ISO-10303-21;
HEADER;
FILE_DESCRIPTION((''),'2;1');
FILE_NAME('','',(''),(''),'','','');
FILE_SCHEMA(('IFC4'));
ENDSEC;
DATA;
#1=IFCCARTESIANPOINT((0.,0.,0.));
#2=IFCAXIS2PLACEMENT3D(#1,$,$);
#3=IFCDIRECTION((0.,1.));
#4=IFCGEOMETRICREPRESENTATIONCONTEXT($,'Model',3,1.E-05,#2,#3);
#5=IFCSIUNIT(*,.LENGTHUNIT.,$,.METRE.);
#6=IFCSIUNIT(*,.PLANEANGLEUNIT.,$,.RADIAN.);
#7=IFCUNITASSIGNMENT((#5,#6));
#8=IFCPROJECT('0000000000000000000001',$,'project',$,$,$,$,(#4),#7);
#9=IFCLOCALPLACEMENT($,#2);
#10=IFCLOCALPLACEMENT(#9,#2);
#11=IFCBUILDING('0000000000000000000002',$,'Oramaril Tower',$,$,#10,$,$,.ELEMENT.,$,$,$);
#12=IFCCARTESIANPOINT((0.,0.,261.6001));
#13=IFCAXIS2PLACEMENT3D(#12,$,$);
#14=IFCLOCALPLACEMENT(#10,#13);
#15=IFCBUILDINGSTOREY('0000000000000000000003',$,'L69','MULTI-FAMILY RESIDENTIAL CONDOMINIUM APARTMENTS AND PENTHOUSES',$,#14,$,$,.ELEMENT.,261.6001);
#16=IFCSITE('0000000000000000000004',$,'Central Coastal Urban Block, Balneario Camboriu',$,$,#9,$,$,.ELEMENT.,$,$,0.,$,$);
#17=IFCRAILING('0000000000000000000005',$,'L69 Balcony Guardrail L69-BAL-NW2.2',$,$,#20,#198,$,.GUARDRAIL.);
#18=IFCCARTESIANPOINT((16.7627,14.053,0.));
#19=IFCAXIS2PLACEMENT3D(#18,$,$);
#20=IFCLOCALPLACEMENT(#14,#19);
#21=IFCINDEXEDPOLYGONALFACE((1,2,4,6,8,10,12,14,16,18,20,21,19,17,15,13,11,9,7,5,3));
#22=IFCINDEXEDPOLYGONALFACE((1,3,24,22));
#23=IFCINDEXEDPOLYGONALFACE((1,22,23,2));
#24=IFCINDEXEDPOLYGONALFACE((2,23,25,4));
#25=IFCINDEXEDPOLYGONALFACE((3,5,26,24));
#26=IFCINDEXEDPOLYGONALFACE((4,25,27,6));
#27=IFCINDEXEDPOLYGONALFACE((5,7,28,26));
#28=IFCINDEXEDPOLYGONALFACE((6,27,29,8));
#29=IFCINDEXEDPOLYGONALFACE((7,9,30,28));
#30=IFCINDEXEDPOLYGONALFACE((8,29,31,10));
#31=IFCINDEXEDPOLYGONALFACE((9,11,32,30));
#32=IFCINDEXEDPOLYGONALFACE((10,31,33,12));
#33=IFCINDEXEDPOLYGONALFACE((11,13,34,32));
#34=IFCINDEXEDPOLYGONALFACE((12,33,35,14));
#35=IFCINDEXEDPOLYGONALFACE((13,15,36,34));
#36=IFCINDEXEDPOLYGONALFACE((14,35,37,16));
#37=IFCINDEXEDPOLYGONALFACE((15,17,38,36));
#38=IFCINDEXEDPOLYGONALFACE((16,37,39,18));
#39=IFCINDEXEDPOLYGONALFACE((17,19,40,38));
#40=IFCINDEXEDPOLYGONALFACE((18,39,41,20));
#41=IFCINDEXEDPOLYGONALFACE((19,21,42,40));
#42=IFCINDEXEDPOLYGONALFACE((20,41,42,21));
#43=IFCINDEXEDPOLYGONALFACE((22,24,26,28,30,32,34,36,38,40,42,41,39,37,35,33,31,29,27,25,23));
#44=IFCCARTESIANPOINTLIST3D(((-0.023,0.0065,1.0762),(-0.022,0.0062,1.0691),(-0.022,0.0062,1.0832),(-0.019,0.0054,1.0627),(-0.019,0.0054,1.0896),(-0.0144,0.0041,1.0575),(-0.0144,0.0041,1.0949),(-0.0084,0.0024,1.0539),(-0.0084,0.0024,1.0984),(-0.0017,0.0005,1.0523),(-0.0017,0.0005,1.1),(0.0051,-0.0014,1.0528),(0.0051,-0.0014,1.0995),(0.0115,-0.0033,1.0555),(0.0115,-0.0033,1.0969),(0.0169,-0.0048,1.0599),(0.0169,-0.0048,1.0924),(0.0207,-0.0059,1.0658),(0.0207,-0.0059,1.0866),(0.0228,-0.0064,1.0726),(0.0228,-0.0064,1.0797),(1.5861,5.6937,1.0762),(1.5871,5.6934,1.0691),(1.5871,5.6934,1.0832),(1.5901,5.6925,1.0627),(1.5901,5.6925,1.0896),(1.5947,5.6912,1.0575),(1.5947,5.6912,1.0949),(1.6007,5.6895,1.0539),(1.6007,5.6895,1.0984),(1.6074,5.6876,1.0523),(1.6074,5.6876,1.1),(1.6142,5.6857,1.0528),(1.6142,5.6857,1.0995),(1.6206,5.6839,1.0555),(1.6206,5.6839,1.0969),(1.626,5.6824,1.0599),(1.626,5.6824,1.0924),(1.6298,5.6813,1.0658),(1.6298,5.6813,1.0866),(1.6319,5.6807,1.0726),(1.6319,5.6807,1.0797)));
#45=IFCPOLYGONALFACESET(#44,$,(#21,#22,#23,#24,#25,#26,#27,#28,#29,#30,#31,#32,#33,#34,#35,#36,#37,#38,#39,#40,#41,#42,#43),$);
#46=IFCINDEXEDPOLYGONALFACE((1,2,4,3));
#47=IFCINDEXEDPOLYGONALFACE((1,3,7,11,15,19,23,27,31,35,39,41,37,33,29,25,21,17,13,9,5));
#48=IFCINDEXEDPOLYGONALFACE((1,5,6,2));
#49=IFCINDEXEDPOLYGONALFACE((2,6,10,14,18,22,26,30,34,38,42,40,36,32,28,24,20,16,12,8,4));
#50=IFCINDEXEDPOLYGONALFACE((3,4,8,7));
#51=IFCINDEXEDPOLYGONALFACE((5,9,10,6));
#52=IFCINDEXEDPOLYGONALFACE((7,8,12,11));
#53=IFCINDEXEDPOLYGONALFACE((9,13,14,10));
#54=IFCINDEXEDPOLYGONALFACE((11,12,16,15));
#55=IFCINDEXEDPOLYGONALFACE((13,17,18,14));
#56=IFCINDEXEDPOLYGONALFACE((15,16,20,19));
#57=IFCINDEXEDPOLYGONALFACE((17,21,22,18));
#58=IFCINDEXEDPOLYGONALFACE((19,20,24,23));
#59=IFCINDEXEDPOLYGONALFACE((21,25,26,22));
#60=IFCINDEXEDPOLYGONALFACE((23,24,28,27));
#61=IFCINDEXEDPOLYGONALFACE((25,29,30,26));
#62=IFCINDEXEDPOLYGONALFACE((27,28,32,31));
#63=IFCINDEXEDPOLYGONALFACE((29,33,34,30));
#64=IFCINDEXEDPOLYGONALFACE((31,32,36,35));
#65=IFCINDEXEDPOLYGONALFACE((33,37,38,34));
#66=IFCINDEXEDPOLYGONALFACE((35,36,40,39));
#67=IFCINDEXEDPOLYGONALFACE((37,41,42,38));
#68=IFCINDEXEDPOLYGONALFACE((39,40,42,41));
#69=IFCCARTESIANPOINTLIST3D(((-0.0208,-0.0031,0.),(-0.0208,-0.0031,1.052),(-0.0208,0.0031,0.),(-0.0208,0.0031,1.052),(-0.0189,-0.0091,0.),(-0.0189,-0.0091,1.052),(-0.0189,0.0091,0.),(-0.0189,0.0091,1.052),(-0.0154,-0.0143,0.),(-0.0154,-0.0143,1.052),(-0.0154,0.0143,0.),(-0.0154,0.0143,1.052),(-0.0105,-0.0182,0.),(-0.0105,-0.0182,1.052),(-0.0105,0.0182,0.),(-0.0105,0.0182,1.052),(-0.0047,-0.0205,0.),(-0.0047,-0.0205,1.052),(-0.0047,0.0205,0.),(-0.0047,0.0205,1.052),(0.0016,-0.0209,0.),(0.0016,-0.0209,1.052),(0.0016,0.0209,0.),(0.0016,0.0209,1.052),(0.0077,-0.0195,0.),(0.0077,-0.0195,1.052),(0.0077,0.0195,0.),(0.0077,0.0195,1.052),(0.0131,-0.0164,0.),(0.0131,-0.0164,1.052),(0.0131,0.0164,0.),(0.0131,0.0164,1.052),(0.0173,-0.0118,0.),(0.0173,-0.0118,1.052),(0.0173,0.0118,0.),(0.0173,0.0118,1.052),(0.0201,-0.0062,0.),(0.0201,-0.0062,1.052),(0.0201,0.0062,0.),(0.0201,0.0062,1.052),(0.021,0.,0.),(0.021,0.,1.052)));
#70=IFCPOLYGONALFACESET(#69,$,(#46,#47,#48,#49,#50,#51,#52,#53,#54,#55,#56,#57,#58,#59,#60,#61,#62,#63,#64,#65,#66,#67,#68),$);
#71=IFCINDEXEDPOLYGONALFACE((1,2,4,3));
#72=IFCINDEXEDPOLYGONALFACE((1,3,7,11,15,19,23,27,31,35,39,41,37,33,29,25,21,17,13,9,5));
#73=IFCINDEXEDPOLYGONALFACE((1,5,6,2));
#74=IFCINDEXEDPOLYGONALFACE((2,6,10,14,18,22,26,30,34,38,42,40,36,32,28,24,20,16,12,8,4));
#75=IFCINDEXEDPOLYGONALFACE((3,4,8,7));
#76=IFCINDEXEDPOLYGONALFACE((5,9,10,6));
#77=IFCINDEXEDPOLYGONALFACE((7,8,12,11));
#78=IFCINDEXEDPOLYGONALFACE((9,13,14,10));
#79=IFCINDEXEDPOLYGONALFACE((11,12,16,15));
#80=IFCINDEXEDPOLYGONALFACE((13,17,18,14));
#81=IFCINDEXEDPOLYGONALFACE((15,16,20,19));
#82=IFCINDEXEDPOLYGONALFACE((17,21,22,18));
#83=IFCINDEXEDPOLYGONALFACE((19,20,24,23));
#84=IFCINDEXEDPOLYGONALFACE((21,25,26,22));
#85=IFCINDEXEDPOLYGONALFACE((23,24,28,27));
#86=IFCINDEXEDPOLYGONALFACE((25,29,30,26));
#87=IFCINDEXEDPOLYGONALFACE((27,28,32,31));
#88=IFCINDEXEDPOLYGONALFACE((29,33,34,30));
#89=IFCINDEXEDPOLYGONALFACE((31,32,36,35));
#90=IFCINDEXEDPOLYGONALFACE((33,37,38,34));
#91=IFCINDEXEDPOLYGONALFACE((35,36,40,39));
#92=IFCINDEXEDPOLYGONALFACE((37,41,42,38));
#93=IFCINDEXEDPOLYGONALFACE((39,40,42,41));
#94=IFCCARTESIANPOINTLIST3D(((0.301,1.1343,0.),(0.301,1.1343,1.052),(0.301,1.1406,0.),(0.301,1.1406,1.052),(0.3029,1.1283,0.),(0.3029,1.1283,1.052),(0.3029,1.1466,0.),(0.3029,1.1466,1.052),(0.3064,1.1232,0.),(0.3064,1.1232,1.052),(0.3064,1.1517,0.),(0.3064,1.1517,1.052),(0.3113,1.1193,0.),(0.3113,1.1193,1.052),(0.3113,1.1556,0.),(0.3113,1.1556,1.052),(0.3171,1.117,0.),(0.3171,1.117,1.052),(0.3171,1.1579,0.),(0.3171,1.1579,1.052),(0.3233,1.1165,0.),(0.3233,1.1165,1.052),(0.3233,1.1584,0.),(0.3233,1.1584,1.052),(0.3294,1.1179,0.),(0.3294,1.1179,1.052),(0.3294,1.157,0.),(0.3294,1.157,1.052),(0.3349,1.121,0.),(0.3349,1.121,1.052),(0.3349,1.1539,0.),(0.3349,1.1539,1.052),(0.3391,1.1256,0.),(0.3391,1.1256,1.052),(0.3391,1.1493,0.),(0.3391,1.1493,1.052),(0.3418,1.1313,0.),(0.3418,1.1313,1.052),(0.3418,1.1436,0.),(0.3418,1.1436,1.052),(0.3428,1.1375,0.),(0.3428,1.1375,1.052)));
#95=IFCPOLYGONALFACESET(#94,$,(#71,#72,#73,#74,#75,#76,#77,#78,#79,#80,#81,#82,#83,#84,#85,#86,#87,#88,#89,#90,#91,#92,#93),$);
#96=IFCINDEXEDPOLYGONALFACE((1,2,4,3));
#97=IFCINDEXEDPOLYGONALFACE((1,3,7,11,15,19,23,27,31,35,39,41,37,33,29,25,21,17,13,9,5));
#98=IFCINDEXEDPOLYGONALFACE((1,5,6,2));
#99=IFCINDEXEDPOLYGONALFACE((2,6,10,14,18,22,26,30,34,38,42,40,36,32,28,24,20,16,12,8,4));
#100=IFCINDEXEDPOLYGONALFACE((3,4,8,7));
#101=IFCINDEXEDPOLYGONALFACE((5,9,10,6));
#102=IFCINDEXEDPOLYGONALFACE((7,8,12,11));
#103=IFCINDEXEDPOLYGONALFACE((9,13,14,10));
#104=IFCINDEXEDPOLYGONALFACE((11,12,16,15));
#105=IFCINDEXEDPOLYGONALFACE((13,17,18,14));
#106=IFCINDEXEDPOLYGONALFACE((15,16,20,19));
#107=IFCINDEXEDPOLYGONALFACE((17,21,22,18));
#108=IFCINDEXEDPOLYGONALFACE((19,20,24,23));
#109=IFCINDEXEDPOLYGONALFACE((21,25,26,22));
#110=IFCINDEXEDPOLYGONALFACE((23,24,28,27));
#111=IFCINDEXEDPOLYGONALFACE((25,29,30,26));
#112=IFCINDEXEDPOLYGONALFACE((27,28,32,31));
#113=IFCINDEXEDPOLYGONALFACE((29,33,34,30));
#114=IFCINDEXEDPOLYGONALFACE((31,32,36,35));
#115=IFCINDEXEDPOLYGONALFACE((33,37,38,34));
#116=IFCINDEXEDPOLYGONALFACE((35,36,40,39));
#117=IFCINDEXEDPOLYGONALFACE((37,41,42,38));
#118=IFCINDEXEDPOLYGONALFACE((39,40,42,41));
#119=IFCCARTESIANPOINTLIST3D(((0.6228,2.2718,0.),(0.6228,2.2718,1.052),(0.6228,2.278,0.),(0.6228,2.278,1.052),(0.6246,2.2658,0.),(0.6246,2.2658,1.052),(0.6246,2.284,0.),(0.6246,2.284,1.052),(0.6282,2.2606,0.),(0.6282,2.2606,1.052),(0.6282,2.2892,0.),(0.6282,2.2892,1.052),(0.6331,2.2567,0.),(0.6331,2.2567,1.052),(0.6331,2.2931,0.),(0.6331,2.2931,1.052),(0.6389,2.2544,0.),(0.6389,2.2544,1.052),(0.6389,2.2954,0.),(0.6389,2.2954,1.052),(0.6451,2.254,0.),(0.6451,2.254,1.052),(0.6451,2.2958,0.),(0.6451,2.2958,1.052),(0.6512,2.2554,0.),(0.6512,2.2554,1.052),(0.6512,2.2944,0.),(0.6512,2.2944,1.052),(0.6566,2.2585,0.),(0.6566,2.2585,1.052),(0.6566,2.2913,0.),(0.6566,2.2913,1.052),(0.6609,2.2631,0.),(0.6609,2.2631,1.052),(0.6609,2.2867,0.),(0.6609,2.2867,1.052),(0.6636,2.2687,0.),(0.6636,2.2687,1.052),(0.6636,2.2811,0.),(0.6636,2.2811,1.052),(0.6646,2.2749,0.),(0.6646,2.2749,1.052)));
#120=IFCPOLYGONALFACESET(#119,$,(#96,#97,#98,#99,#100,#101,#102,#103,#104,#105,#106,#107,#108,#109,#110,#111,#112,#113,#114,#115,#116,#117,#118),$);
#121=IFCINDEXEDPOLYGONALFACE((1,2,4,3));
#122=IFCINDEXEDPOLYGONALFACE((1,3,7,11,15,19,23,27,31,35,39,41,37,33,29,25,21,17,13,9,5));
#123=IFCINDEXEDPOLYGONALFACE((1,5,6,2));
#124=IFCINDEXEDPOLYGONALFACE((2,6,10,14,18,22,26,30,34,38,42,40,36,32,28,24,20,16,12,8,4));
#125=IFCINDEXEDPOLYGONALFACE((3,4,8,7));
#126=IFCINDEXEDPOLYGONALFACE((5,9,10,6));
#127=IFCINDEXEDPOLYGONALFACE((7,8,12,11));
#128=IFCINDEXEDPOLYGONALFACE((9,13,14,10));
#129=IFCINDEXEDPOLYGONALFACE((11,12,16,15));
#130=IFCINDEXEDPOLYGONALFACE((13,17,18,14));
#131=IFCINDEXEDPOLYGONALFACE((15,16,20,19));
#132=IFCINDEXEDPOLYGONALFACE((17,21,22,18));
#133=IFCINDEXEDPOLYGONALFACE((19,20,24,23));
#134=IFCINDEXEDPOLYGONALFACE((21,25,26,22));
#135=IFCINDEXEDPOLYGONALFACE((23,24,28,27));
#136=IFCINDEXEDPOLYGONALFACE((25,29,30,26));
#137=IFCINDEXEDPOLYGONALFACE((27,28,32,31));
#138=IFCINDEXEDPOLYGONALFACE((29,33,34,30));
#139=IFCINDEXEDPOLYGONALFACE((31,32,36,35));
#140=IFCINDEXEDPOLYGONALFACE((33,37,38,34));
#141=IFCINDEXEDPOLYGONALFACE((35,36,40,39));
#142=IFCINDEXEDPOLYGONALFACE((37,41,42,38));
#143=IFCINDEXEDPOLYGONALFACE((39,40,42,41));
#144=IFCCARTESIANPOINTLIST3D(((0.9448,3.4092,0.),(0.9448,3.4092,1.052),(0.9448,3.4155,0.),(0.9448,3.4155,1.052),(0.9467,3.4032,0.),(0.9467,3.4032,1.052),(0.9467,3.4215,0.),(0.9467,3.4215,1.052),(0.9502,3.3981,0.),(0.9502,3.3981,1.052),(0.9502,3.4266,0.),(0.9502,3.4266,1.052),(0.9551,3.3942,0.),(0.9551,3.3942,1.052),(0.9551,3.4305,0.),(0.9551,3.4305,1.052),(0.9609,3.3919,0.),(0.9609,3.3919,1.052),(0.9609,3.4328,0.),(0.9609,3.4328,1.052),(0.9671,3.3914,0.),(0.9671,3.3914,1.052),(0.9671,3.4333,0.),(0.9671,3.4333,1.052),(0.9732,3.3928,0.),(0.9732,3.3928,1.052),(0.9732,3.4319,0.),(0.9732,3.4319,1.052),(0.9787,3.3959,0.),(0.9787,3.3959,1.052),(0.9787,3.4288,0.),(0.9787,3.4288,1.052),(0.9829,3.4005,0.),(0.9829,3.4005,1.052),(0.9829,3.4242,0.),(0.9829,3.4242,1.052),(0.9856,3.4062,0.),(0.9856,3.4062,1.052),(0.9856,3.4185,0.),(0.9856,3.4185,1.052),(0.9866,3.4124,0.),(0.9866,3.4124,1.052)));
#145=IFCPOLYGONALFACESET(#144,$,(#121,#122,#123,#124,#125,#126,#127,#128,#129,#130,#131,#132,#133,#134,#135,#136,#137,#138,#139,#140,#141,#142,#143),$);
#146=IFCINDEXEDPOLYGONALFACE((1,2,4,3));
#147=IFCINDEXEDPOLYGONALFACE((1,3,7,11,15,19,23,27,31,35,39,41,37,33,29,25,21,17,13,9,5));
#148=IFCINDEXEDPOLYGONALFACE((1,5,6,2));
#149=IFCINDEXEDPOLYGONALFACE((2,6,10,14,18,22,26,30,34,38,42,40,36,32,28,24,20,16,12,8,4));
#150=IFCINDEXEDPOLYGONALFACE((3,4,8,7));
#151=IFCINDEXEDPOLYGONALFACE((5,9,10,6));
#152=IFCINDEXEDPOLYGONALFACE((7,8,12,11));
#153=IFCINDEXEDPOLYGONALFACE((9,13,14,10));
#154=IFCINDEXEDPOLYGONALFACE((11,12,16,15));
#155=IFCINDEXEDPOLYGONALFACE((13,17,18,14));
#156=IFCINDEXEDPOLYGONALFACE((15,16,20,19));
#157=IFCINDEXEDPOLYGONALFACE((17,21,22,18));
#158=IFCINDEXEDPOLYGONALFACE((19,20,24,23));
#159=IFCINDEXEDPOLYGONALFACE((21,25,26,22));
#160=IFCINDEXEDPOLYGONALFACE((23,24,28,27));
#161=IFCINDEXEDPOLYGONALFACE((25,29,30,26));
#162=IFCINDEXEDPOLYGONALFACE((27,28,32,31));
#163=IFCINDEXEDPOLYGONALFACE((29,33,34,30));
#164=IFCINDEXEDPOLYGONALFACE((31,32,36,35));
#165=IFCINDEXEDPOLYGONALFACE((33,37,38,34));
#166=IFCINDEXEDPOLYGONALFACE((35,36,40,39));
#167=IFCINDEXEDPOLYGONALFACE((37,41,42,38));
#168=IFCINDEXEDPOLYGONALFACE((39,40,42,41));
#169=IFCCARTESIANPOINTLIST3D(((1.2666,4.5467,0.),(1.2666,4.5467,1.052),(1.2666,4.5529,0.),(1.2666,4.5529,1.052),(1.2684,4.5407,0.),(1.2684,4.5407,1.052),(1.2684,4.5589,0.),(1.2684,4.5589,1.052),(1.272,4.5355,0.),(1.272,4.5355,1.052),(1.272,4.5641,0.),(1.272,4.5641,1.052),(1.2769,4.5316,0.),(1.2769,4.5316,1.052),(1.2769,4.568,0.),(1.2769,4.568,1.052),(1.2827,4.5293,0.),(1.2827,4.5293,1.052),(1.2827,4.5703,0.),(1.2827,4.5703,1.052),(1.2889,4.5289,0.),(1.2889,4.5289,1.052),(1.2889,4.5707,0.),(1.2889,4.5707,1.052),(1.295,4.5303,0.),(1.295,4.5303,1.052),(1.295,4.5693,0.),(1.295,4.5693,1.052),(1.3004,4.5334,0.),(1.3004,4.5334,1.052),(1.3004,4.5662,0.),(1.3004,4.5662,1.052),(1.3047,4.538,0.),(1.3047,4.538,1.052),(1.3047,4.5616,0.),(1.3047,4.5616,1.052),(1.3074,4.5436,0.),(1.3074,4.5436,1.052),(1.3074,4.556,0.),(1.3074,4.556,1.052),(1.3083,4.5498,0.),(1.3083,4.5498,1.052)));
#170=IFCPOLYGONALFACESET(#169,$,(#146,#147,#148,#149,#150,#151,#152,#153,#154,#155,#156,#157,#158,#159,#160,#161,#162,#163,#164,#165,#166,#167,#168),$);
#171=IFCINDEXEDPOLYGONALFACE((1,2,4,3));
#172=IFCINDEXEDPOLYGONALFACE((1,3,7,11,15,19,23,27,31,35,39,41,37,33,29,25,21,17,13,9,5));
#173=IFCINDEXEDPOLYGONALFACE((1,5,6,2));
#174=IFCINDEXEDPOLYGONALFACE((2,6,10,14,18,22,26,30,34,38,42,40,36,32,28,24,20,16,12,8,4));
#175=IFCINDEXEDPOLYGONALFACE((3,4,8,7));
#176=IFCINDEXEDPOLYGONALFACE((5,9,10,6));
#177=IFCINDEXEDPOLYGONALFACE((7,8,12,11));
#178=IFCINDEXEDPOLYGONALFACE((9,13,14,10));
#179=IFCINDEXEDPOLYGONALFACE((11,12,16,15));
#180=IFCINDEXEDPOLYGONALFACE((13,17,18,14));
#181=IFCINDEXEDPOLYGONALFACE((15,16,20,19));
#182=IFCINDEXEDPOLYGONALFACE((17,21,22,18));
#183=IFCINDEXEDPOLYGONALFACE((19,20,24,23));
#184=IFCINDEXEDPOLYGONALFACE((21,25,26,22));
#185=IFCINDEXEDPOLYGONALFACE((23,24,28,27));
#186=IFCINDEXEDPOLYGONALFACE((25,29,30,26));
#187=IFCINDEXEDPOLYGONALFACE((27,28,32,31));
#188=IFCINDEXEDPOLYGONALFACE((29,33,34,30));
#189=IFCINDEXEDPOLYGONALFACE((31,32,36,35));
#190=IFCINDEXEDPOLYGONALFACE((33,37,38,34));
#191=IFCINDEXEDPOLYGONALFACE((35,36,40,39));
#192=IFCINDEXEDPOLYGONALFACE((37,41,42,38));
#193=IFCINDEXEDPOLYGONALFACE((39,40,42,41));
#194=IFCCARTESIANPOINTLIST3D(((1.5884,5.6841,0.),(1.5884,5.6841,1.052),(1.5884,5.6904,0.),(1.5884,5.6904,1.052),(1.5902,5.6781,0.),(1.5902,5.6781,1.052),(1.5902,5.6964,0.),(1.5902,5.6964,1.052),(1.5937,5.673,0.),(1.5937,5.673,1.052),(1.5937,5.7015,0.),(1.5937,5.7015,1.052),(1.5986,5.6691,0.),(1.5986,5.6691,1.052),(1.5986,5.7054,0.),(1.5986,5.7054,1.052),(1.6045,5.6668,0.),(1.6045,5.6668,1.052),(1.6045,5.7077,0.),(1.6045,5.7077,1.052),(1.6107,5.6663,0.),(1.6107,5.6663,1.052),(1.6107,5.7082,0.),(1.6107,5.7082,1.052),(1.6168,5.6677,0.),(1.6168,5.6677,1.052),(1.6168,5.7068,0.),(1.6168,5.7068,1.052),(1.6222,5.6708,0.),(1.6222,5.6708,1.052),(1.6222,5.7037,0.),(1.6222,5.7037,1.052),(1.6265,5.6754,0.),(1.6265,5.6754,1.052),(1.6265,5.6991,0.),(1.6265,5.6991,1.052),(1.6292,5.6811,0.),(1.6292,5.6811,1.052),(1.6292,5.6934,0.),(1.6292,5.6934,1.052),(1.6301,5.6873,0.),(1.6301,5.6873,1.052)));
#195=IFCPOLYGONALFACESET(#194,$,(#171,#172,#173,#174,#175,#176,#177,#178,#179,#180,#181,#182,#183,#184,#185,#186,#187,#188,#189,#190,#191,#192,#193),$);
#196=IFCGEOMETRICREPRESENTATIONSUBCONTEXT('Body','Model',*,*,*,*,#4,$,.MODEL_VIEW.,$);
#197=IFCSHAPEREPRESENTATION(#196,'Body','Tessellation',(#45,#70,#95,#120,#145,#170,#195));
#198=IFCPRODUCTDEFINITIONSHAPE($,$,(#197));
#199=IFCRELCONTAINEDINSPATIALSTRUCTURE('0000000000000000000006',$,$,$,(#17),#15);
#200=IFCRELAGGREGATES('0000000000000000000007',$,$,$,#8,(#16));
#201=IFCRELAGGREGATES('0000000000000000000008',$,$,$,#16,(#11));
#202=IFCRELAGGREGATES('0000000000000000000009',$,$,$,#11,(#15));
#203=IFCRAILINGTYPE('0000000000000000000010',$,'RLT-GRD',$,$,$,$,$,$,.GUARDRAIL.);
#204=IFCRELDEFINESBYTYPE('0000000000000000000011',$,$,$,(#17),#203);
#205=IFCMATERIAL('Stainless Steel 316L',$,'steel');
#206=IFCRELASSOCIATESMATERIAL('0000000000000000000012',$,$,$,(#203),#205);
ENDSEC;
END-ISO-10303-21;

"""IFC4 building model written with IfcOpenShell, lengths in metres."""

from ifc_helpers import new_model, si_unit, direction, frame, origin, origin_2d, place, context, subcontext, project, spatial, circle, extrude, material, type_object, element, save


model = new_model("IFC4")

# Units and contexts
model_context = context("Model", 3, precision=1e-05, world=origin(), true_north=direction((0.0, 1.0)))
body_context = subcontext(model_context, "Body", "Model", "MODEL_VIEW")
ifc_project = project(units=[si_unit("LENGTHUNIT", "METRE"), si_unit("PLANEANGLEUNIT", "RADIAN")], contexts=[model_context])

# Site, building, storey
site_placement = place(None, origin())
site = spatial("IfcSite", under=ifc_project, at=site_placement, Name="Central Coastal Urban Block, Balneario Camboriu", CompositionType="ELEMENT", RefElevation=0.0)
building_placement = place(site_placement, origin())
building = spatial("IfcBuilding", under=site, at=building_placement, Name="Oramaril Tower", CompositionType="ELEMENT")
storey_placement = place(building_placement, frame((0.0, 0.0, 261.6001)))
storey = spatial("IfcBuildingStorey", under=building, at=storey_placement, Name="L69", Description="MULTI-FAMILY RESIDENTIAL CONDOMINIUM APARTMENTS AND PENTHOUSES", CompositionType="ELEMENT", Elevation=261.6001)

# Railing
ifc_material_1 = material(Name="Stainless Steel 316L", Category="steel")
railing_type = type_object("IfcRailingType", Name="RLT-GRD", PredefinedType="GUARDRAIL", material=ifc_material_1)
railing_1_placement = place(storey_placement, frame((16.7627, 14.053, 0.0)))
element("IfcRailing", 1, at=railing_1_placement, inside=storey, type_object=railing_type, Name="L69 Balcony Guardrail L69-BAL-NW2.2", PredefinedType="GUARDRAIL", context=body_context, shape_type="SweptSolid", body=[
    extrude(circle(Radius=0.0239, at=origin_2d()), frame((0.0, 0.0, 1.0762), z_axis=(0.272249, 0.962227, 0.0), x_axis=(-0.962227, 0.272249, 0.0)), (0.0, 0.0, 1.0), 5.9104),
    extrude(circle(Radius=0.021, at=origin_2d()), origin(), (0.0, 0.0, 1.0), 1.052),
    extrude(circle(Radius=0.021, at=origin_2d()), frame((0.3218, 1.1375, 0.0)), (0.0, 0.0, 1.0), 1.052),
    extrude(circle(Radius=0.021, at=origin_2d()), frame((0.6436, 2.2749, 0.0)), (0.0, 0.0, 1.0), 1.052),
    extrude(circle(Radius=0.021, at=origin_2d()), frame((0.9656, 3.4124, 0.0)), (0.0, 0.0, 1.0), 1.052),
    extrude(circle(Radius=0.021, at=origin_2d()), frame((1.2874, 4.5498, 0.0)), (0.0, 0.0, 1.0), 1.052),
    extrude(circle(Radius=0.021, at=origin_2d()), frame((1.6091, 5.6873, 0.0)), (0.0, 0.0, 1.0), 1.052),
])

save(model, "model.ifc")
